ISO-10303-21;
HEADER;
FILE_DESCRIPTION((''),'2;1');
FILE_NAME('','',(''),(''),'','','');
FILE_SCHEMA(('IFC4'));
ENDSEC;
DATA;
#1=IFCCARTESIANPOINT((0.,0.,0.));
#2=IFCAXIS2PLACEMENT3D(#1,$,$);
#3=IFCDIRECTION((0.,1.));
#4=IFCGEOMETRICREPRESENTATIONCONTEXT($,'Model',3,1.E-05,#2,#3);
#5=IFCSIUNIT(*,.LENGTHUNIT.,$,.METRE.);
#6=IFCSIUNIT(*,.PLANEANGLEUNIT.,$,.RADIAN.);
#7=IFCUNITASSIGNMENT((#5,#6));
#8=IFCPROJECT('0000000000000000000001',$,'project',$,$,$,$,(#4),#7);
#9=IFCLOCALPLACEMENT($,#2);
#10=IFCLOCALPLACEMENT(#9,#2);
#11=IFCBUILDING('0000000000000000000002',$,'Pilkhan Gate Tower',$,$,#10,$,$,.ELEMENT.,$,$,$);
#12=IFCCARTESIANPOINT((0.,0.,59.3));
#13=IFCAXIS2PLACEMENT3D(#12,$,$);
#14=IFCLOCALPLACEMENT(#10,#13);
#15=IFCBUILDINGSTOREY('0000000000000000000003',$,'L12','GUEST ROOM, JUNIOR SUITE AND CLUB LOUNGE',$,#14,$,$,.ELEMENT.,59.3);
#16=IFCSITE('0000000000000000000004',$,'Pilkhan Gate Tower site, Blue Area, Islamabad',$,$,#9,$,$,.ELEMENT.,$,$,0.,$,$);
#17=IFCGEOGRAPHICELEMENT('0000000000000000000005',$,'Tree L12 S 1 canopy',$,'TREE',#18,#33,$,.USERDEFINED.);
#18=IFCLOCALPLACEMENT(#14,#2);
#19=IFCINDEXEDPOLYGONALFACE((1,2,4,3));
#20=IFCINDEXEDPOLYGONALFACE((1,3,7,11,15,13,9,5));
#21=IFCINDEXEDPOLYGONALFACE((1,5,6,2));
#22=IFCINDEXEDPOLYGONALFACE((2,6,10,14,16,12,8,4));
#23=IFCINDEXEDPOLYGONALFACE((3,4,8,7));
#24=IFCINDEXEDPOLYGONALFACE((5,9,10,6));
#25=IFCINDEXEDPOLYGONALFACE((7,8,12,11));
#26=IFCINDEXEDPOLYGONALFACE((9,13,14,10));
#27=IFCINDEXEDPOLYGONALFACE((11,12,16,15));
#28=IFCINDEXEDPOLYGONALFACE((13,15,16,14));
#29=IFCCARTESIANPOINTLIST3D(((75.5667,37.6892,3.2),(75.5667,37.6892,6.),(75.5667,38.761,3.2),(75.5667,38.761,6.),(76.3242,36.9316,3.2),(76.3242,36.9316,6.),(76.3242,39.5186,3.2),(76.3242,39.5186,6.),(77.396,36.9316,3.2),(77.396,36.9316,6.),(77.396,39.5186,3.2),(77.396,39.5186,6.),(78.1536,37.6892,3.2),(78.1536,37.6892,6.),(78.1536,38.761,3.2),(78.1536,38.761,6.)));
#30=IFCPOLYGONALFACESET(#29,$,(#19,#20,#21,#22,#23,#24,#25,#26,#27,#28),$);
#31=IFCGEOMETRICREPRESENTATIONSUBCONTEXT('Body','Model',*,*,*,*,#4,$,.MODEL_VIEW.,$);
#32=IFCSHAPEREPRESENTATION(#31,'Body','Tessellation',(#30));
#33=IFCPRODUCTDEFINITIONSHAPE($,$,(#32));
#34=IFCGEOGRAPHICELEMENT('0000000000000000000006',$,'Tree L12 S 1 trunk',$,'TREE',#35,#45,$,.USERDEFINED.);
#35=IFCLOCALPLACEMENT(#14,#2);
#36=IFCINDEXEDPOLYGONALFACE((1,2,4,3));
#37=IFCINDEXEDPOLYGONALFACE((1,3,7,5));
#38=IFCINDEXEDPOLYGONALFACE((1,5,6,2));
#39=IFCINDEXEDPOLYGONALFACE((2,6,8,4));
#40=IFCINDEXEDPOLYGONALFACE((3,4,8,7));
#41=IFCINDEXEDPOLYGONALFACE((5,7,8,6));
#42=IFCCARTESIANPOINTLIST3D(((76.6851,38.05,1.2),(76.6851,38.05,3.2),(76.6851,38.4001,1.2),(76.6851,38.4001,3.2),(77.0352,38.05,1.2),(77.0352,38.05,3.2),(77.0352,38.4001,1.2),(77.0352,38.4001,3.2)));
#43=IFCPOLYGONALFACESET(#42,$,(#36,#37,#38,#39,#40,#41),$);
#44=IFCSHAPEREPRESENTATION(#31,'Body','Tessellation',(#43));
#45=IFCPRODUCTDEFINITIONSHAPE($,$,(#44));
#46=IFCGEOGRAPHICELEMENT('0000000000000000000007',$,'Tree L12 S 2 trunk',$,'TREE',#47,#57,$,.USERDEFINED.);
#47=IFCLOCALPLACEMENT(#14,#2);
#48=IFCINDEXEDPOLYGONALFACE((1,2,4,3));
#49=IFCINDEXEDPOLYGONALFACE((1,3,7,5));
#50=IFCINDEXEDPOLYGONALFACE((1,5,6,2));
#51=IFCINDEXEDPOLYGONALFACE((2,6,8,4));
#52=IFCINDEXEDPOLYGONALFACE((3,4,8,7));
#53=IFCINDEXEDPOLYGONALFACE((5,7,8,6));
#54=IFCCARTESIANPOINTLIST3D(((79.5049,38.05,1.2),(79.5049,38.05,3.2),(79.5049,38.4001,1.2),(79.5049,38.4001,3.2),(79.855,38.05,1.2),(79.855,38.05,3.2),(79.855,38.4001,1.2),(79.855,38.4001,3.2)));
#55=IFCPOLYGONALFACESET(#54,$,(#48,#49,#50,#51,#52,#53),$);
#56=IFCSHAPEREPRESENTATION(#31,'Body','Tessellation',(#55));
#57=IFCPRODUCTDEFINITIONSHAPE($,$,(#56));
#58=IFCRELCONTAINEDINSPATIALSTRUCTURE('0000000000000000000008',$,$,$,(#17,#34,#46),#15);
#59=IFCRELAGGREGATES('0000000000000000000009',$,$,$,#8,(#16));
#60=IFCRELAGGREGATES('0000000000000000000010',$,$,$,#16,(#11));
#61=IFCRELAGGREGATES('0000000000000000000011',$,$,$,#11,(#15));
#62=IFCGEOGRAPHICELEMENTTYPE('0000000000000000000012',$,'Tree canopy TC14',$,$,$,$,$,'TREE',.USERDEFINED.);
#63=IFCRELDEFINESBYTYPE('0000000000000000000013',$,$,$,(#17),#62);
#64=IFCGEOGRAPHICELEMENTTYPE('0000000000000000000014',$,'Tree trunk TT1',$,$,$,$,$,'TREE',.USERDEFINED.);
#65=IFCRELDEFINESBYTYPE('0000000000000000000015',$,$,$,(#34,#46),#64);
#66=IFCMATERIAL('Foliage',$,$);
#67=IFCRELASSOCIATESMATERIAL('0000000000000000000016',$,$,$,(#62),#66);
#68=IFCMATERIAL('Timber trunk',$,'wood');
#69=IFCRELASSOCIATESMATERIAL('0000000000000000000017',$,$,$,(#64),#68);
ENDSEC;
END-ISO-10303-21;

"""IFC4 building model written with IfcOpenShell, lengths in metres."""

from ifc_helpers import new_model, si_unit, direction, frame, origin, origin_2d, place, context, subcontext, project, spatial, polyline, rectangle, outline, extrude, material, material_profile, profile_set, type_object, element, save


model = new_model("IFC4")

# Units and contexts
model_context = context("Model", 3, precision=1e-05, world=origin(), true_north=direction((0.0, 1.0)))
body_context = subcontext(model_context, "Body", "Model", "MODEL_VIEW")
ifc_project = project(units=[si_unit("LENGTHUNIT", "METRE"), si_unit("PLANEANGLEUNIT", "RADIAN")], contexts=[model_context])

# Site, building, storey
site_placement = place(None, origin())
site = spatial("IfcSite", under=ifc_project, at=site_placement, Name="Pilkhan Gate Tower site, Blue Area, Islamabad", CompositionType="ELEMENT", RefElevation=0.0)
building_placement = place(site_placement, origin())
building = spatial("IfcBuilding", under=site, at=building_placement, Name="Pilkhan Gate Tower", CompositionType="ELEMENT")
storey_placement = place(building_placement, frame((0.0, 0.0, 59.3)))
storey = spatial("IfcBuildingStorey", under=building, at=storey_placement, Name="L12", Description="GUEST ROOM, JUNIOR SUITE AND CLUB LOUNGE", CompositionType="ELEMENT", Elevation=59.3)

# Geographic elements
ifc_material_1 = material(Name="Foliage")
ifc_material_profile_1 = material_profile(ifc_material_1, outline(polyline([(1.2935, 0.5359), (0.5359, 1.2935), (-0.5359, 1.2935), (-1.2935, 0.5359), (-1.2935, -0.5359), (-0.5359, -1.2935), (0.5359, -1.2935), (1.2935, -0.5359), (1.2935, 0.5359)])), Name="Canopy D2.8")
ifc_profile_set_1 = profile_set([ifc_material_profile_1], Name="Foliage")
geographic_element_type_1 = type_object("IfcGeographicElementType", Name="Tree canopy TC14", ElementType="TREE", PredefinedType="USERDEFINED", material=ifc_profile_set_1)
geographic_element_1_placement = place(storey_placement, frame((76.8601, 38.2251, 3.2), z_axis=(0.0, 0.0, 1.0), x_axis=(1.0, 0.0, 0.0)))
element("IfcGeographicElement", 1, at=geographic_element_1_placement, inside=storey, type_object=geographic_element_type_1, Name="Tree L12 S 1 canopy", ObjectType="TREE", PredefinedType="USERDEFINED", context=body_context, shape_type="SweptSolid", body=[
    extrude(outline(polyline([(1.2935, 0.5359), (0.5359, 1.2935), (-0.5359, 1.2935), (-1.2935, 0.5359), (-1.2935, -0.5359), (-0.5359, -1.2935), (0.5359, -1.2935), (1.2935, -0.5359), (1.2935, 0.5359)])), origin(), (0.0, 0.0, 1.0), 2.8),
])
ifc_material_2 = material(Name="Timber trunk", Category="wood")
geographic_element_type_2 = type_object("IfcGeographicElementType", Name="Tree trunk TT1", ElementType="TREE", PredefinedType="USERDEFINED", material=ifc_material_2)
for number, where, z_axis, x_axis, name in (
    (2, (76.8601, 38.2251, 1.2), (0.0, 0.0, 1.0), (1.0, 0.0, 0.0), "Tree L12 S 1 trunk"),
    (3, (79.6799, 38.2251, 1.2), (0.0, 0.0, 1.0), (1.0, 0.0, 0.0), "Tree L12 S 2 trunk"),
):
    element("IfcGeographicElement", number, at=place(storey_placement, frame(where, z_axis=z_axis, x_axis=x_axis)), inside=storey, type_object=geographic_element_type_2, Name=name, ObjectType="TREE", PredefinedType="USERDEFINED", context=body_context, shape_type="SweptSolid", body=[
        extrude(rectangle(XDim=0.3501, YDim=0.3501, at=origin_2d()), origin(), (0.0, 0.0, 1.0), 2.0),
    ])

save(model, "model.ifc")
